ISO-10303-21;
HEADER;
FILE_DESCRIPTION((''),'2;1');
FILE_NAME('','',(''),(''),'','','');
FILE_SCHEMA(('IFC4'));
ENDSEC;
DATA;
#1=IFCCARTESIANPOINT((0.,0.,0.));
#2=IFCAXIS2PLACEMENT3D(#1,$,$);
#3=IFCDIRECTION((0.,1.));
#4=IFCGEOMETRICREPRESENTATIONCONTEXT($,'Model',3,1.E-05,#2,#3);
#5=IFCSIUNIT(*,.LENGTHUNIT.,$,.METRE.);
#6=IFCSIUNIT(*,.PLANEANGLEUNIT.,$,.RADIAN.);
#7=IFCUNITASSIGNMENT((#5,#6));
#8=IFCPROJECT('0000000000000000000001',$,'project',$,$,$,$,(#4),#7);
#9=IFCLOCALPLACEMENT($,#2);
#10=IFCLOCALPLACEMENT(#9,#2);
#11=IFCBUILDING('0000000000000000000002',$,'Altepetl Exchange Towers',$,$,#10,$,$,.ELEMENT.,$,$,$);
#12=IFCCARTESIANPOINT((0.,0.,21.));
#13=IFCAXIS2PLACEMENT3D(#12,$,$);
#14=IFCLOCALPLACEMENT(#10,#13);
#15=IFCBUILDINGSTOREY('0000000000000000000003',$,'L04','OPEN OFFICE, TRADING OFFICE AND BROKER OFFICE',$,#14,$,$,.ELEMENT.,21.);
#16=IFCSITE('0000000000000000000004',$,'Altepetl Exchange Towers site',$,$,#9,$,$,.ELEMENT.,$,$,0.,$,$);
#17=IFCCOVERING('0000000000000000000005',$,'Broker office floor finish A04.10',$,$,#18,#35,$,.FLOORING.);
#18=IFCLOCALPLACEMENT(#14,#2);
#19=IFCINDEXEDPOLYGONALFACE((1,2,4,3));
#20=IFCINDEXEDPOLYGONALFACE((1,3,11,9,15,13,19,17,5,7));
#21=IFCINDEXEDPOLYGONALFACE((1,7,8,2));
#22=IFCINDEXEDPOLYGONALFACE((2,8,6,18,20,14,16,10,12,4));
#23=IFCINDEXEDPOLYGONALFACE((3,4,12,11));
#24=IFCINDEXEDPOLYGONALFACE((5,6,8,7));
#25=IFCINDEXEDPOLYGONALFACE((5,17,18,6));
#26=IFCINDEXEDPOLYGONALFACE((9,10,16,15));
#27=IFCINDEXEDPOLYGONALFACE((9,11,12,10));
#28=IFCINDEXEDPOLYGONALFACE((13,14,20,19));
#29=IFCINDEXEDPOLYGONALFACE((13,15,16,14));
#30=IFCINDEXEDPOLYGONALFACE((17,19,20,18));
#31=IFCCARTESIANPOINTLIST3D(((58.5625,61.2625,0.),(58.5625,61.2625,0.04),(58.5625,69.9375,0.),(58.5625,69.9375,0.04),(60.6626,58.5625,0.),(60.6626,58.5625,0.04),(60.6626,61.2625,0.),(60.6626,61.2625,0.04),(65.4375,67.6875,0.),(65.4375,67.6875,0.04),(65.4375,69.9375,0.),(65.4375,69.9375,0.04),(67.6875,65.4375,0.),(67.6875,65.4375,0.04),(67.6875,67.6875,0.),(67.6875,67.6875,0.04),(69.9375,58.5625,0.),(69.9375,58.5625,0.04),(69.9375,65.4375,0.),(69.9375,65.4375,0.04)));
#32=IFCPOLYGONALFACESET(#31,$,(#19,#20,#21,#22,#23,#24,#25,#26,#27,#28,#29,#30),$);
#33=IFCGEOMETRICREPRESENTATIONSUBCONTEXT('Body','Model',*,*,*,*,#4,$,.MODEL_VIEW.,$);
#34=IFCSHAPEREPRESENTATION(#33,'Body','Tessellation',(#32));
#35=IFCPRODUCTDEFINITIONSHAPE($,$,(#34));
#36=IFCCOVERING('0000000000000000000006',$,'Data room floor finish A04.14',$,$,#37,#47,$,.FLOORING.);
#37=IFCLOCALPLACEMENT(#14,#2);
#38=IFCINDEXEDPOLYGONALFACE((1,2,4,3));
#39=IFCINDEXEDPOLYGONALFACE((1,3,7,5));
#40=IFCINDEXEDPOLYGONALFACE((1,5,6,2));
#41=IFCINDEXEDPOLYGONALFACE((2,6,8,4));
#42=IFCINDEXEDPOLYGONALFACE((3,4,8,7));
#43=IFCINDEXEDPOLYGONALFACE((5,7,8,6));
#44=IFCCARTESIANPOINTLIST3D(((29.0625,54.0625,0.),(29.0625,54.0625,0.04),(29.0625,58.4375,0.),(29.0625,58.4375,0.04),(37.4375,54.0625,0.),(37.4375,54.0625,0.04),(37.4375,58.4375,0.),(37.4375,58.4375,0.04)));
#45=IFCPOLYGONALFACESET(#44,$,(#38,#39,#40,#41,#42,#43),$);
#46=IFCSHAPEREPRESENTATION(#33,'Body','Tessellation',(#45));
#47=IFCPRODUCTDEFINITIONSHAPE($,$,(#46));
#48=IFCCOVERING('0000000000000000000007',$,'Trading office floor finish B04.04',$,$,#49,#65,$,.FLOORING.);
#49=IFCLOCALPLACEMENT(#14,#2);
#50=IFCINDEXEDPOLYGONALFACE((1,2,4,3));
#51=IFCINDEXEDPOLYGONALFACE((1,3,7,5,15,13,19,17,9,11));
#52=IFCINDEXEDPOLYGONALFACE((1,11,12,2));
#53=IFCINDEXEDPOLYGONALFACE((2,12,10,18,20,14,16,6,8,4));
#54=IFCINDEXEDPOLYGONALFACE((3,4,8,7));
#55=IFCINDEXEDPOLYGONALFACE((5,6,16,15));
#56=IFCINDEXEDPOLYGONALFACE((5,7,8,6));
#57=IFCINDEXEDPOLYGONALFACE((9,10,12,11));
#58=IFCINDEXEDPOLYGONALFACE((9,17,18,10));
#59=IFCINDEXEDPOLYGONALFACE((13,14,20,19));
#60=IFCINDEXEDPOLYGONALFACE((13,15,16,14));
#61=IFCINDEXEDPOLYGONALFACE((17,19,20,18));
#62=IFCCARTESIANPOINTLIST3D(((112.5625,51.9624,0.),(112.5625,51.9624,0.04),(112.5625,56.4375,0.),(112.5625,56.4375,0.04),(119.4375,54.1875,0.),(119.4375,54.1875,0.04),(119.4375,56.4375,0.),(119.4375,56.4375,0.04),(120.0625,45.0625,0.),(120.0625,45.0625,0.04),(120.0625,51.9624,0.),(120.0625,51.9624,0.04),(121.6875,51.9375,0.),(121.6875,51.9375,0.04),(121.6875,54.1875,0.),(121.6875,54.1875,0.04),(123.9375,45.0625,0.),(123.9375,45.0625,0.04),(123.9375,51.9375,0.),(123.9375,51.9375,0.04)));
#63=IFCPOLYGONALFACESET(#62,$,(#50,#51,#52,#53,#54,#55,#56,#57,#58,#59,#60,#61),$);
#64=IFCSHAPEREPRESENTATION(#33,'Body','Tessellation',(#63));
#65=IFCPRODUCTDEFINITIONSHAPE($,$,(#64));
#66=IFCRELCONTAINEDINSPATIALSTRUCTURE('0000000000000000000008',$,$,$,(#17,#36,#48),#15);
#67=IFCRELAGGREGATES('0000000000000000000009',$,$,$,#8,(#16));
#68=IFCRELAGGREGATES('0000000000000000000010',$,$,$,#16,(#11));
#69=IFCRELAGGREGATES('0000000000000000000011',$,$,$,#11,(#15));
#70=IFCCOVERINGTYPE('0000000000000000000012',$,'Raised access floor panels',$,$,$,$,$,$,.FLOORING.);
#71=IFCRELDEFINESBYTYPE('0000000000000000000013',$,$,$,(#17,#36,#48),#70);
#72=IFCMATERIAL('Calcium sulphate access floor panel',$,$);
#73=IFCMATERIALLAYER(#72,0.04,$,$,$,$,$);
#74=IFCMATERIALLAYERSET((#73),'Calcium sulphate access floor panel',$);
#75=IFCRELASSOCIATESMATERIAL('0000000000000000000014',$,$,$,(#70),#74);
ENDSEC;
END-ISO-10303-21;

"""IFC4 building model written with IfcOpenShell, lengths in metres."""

from ifc_helpers import new_model, si_unit, direction, frame, origin, place, context, subcontext, project, spatial, polyline, outline, extrude, material, layer, layer_set, type_object, element, save


model = new_model("IFC4")

# Units and contexts
model_context = context("Model", 3, precision=1e-05, world=origin(), true_north=direction((0.0, 1.0)))
body_context = subcontext(model_context, "Body", "Model", "MODEL_VIEW")
ifc_project = project(units=[si_unit("LENGTHUNIT", "METRE"), si_unit("PLANEANGLEUNIT", "RADIAN")], contexts=[model_context])

# Site, building, storey
site_placement = place(None, origin())
site = spatial("IfcSite", under=ifc_project, at=site_placement, Name="Altepetl Exchange Towers site", CompositionType="ELEMENT", RefElevation=0.0)
building_placement = place(site_placement, origin())
building = spatial("IfcBuilding", under=site, at=building_placement, Name="Altepetl Exchange Towers", CompositionType="ELEMENT")
storey_placement = place(building_placement, frame((0.0, 0.0, 21.0)))
storey = spatial("IfcBuildingStorey", under=building, at=storey_placement, Name="L04", Description="OPEN OFFICE, TRADING OFFICE AND BROKER OFFICE", CompositionType="ELEMENT", Elevation=21.0)

# Coverings
ifc_material_1 = material(Name="Calcium sulphate access floor panel")
ifc_layer_1 = layer(ifc_material_1, 0.04)
ifc_layer_set_1 = layer_set([ifc_layer_1], Name="Calcium sulphate access floor panel")
covering_type_1 = type_object("IfcCoveringType", Name="Raised access floor panels", PredefinedType="FLOORING", material=ifc_layer_set_1)
covering_1_placement = place(storey_placement, origin())
element("IfcCovering", 1, at=covering_1_placement, inside=storey, type_object=covering_type_1, Name="Broker office floor finish A04.10", PredefinedType="FLOORING", context=body_context, shape_type="SweptSolid", body=[
    extrude(outline(polyline([(58.5625, 69.9375), (58.5625, 61.2625), (60.6626, 61.2625), (60.6626, 58.5625), (69.9375, 58.5625), (69.9375, 65.4375), (67.6875, 65.4375), (67.6875, 67.6875), (65.4375, 67.6875), (65.4375, 69.9375), (58.5625, 69.9375)])), origin(), (0.0, 0.0, 1.0), 0.04),
])
covering_2_placement = place(storey_placement, origin())
element("IfcCovering", 2, at=covering_2_placement, inside=storey, type_object=covering_type_1, Name="Data room floor finish A04.14", PredefinedType="FLOORING", context=body_context, shape_type="SweptSolid", body=[
    extrude(outline(polyline([(29.0625, 54.0625), (37.4375, 54.0625), (37.4375, 58.4375), (29.0625, 58.4375), (29.0625, 54.0625)])), origin(), (0.0, 0.0, 1.0), 0.04),
])
covering_3_placement = place(storey_placement, origin())
element("IfcCovering", 3, at=covering_3_placement, inside=storey, type_object=covering_type_1, Name="Trading office floor finish B04.04", PredefinedType="FLOORING", context=body_context, shape_type="SweptSolid", body=[
    extrude(outline(polyline([(112.5625, 56.4375), (112.5625, 51.9624), (120.0625, 51.9624), (120.0625, 45.0625), (123.9375, 45.0625), (123.9375, 51.9375), (121.6875, 51.9375), (121.6875, 54.1875), (119.4375, 54.1875), (119.4375, 56.4375), (112.5625, 56.4375)])), origin(), (0.0, 0.0, 1.0), 0.04),
])

save(model, "model.ifc")
